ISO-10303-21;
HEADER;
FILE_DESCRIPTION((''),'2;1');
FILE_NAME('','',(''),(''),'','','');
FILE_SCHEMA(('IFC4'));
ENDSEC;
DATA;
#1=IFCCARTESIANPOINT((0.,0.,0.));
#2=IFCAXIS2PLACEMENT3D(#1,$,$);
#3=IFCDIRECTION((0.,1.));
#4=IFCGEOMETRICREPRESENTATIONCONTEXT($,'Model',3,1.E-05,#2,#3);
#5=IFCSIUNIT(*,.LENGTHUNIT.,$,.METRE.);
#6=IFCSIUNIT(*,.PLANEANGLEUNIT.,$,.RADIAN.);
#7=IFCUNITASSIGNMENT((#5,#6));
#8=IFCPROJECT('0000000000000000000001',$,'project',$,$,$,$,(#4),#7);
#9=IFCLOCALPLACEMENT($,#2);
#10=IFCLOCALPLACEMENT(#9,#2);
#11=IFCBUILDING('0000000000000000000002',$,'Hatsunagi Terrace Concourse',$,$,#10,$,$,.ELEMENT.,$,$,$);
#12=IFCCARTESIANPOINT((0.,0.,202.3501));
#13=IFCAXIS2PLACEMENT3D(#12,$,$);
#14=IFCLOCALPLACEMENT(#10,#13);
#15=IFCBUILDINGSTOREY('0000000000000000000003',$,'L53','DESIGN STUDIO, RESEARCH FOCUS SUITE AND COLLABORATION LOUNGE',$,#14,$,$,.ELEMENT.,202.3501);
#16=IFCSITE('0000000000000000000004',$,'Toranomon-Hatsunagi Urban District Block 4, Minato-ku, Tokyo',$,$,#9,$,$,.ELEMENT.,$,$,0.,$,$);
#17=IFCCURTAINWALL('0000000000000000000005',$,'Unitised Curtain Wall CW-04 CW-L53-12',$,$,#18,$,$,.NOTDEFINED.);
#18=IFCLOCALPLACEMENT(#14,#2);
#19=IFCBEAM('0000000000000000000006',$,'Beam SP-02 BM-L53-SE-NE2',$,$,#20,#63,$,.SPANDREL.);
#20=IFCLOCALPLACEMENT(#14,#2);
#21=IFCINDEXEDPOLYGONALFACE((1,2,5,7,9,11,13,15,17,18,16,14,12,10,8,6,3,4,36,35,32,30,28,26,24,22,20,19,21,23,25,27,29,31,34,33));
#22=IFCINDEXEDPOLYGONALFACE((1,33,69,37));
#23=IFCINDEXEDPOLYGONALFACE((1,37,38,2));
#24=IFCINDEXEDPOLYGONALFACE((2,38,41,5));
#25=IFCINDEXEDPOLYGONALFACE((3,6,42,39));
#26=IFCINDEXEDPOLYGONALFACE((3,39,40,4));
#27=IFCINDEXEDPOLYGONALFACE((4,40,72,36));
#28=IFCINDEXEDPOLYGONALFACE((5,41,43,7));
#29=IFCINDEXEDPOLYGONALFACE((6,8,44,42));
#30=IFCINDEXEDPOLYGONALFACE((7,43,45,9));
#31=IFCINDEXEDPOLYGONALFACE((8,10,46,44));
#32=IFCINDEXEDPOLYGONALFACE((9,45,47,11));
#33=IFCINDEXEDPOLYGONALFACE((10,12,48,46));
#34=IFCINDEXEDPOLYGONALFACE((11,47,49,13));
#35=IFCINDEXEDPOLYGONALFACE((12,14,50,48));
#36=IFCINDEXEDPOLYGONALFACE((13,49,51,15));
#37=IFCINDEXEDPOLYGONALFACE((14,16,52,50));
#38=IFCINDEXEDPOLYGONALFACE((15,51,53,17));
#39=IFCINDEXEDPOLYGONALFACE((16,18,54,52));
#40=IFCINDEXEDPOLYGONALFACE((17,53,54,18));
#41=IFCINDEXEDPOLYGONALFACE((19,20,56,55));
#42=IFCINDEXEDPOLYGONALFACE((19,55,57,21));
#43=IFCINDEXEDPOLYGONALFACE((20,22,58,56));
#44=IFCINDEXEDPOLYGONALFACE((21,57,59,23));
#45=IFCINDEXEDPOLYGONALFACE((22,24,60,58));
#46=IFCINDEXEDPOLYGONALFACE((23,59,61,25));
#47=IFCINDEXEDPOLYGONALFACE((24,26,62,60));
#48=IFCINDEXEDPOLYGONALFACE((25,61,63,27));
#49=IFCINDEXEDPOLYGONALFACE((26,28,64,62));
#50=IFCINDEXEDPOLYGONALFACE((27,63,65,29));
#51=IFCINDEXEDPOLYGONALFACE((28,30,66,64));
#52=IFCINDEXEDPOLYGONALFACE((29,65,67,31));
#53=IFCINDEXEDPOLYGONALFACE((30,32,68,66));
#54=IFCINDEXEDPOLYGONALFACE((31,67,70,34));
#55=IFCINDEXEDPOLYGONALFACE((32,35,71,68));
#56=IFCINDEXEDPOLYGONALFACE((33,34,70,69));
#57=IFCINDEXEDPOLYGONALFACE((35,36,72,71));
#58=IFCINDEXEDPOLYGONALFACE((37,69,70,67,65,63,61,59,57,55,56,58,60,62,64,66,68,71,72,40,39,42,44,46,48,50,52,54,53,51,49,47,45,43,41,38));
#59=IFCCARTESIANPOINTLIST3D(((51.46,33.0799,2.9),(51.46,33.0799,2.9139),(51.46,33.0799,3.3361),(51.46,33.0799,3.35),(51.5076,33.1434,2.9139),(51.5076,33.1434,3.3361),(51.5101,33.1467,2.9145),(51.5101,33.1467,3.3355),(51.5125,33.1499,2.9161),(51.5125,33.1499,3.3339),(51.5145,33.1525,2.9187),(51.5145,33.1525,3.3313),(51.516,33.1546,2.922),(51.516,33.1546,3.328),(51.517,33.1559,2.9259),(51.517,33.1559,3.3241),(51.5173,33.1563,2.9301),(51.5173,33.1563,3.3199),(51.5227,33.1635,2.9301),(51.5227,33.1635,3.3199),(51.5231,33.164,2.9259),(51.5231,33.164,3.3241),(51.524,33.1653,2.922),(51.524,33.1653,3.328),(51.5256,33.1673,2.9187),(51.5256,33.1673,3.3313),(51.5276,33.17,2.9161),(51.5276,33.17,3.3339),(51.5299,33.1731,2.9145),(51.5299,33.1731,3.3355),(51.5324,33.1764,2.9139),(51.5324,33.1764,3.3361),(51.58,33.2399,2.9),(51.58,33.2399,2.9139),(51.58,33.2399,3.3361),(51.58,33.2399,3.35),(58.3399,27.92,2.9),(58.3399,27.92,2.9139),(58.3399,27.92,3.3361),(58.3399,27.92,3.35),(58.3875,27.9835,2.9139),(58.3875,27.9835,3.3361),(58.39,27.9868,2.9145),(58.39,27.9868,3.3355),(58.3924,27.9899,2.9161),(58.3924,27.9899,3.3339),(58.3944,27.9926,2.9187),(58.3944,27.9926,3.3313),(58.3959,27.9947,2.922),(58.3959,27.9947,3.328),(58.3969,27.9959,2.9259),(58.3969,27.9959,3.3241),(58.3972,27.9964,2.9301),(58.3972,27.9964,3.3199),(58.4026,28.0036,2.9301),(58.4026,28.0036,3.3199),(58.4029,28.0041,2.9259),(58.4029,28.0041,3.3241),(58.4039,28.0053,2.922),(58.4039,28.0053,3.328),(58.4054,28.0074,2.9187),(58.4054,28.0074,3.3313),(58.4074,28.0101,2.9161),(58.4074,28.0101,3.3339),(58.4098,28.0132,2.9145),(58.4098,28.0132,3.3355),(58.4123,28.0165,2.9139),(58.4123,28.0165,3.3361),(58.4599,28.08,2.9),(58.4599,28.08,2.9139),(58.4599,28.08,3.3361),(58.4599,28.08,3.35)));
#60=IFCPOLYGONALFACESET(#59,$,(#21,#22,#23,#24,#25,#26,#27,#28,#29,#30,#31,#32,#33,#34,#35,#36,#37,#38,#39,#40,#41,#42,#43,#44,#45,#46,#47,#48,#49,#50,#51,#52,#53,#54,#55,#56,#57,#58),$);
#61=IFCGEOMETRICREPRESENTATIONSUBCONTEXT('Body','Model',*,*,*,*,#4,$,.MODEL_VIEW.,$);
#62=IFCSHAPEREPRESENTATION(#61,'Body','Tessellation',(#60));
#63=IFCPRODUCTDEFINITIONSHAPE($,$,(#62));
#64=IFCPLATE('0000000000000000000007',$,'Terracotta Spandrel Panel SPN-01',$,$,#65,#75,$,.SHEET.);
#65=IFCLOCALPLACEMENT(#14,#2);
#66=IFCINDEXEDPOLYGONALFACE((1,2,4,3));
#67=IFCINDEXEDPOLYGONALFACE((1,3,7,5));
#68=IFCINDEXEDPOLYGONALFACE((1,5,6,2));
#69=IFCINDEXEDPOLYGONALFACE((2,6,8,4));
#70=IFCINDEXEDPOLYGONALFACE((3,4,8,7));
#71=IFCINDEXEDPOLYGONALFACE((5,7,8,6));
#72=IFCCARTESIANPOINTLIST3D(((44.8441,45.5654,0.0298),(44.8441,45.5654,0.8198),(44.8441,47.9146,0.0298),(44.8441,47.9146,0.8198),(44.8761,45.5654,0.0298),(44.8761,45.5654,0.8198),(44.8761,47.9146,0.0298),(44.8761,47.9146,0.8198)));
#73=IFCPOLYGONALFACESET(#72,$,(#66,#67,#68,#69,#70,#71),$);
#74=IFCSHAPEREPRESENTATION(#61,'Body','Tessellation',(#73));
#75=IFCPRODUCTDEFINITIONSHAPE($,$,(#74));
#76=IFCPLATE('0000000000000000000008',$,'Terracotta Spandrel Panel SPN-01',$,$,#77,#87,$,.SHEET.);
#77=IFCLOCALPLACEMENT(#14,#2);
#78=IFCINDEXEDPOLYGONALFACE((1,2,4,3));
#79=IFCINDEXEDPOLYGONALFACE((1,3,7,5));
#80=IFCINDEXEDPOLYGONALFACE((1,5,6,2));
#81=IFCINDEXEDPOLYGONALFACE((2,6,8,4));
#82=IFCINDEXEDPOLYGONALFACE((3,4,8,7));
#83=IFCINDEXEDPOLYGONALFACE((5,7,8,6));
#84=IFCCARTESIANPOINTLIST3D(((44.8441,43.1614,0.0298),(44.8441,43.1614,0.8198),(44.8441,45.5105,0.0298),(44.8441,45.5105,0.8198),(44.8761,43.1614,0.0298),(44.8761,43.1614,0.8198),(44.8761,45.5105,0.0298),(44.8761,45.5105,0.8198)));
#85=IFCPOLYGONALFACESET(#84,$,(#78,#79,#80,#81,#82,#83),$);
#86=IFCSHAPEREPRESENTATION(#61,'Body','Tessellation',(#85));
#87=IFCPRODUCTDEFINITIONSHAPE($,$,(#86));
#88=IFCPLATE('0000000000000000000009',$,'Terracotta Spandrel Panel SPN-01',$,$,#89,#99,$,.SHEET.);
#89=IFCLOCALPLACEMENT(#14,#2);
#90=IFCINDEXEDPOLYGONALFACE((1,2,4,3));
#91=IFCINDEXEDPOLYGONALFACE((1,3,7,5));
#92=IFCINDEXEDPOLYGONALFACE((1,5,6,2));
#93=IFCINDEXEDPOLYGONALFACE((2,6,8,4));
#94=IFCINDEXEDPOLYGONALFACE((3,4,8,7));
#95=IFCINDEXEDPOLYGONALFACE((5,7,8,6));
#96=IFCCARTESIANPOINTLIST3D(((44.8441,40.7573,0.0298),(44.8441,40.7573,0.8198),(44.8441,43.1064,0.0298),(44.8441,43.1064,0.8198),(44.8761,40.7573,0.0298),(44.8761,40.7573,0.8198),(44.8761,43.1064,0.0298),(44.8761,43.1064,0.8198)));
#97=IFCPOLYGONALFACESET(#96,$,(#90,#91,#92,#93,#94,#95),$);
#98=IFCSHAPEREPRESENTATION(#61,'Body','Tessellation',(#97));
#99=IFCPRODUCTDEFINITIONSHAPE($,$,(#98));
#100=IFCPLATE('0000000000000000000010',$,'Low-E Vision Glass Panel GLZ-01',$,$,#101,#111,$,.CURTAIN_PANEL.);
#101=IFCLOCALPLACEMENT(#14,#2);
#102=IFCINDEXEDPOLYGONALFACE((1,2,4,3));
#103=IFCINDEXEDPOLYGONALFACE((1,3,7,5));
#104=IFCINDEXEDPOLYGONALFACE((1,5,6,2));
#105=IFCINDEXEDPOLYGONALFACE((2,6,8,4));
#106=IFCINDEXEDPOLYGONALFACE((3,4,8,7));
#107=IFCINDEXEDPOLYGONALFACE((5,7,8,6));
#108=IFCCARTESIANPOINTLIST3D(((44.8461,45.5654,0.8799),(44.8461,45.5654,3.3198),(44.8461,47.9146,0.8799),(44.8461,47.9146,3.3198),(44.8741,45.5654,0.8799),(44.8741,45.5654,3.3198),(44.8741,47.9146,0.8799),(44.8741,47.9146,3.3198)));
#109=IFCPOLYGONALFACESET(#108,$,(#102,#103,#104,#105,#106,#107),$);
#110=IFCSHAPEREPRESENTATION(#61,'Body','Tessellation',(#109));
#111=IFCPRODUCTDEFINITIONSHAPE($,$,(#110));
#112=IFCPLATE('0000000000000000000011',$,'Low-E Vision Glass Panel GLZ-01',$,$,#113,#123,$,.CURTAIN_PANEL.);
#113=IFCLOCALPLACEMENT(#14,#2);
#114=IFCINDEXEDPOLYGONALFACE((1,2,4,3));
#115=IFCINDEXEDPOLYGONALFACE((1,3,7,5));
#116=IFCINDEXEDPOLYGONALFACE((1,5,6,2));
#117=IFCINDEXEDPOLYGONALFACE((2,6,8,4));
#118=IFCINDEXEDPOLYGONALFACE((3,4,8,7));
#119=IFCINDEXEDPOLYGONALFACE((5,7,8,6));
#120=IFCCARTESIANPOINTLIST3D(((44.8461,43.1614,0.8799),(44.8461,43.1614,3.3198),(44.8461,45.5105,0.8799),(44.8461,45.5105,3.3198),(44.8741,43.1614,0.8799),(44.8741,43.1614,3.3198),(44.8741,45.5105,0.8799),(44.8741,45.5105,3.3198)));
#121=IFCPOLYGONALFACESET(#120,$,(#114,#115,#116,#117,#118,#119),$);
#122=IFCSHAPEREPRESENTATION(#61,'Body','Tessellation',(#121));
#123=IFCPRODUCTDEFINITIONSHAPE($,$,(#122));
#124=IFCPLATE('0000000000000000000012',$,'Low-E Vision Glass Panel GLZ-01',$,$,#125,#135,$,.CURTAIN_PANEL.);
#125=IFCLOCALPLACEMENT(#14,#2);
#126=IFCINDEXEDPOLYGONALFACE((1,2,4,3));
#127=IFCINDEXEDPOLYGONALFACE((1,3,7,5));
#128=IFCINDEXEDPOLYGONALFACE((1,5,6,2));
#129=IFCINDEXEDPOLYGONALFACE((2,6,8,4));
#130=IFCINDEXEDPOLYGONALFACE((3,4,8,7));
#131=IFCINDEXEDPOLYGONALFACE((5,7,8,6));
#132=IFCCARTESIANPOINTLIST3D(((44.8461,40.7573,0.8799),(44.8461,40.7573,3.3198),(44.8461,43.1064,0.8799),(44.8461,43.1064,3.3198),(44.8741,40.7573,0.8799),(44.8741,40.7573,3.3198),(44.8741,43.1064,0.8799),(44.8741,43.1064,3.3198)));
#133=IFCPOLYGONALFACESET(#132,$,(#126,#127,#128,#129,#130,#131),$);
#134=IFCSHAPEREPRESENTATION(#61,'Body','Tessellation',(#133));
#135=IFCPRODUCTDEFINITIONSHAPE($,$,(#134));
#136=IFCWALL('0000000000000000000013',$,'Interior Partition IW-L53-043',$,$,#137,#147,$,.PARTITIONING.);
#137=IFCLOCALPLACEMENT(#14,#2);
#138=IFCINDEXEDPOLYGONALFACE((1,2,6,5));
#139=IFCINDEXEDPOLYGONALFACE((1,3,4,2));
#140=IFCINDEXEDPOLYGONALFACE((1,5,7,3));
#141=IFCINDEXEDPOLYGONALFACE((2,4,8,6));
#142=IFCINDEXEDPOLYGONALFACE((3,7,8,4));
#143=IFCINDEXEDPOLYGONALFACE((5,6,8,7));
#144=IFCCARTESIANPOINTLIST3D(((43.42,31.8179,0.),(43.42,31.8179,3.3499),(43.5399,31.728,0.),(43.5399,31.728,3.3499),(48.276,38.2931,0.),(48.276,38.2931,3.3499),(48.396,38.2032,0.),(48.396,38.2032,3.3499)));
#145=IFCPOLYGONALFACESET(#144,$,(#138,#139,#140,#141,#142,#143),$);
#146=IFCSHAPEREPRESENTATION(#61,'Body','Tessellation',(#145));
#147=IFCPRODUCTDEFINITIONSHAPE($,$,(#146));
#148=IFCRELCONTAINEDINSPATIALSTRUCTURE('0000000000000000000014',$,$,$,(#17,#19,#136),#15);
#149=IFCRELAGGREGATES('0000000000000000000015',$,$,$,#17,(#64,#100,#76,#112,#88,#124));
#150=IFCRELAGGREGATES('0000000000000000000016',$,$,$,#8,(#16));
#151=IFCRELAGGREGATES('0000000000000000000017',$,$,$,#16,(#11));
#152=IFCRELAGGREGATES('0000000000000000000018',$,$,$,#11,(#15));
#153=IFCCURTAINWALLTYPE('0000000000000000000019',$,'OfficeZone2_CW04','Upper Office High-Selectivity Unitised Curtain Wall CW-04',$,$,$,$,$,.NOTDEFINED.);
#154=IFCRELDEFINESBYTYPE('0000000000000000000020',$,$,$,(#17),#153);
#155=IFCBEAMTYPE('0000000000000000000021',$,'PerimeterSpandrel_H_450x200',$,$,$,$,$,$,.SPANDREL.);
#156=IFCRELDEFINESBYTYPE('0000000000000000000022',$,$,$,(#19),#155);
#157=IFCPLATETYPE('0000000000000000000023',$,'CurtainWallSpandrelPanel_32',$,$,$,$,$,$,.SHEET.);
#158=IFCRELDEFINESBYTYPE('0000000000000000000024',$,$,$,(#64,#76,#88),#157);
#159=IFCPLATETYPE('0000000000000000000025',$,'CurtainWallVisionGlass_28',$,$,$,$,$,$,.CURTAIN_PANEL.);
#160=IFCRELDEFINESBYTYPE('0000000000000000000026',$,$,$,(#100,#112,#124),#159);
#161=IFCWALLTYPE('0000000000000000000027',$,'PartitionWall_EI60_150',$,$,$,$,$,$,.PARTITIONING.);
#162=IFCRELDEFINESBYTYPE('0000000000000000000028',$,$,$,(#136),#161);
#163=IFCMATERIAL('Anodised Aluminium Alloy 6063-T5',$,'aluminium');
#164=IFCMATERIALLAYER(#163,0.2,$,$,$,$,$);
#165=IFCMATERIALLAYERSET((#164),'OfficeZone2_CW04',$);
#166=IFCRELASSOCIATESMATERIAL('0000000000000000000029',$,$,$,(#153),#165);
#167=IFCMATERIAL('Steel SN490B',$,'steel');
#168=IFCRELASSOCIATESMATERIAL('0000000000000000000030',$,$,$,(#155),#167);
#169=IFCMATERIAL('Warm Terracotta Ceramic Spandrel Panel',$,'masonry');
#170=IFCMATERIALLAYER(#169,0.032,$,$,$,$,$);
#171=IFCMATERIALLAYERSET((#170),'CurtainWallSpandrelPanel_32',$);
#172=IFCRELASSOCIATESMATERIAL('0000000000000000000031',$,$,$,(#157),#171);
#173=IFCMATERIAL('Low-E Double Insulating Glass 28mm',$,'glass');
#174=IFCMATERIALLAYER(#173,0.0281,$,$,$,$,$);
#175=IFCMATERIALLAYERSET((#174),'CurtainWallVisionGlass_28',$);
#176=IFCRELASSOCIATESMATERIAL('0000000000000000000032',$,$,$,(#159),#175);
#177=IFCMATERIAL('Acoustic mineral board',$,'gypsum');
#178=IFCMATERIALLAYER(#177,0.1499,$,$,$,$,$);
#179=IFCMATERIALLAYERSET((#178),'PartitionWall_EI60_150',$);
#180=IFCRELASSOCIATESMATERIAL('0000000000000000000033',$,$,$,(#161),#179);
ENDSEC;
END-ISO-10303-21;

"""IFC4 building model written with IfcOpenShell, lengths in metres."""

from ifc_helpers import new_model, si_unit, direction, frame, frame_2d, origin, origin_2d, place, context, subcontext, project, spatial, rectangle, i_section, extrude, material, layer, layer_set, material_profile, profile_set, type_object, element, aggregate, save


model = new_model("IFC4")

# Units and contexts
model_context = context("Model", 3, precision=1e-05, world=origin(), true_north=direction((0.0, 1.0)))
body_context = subcontext(model_context, "Body", "Model", "MODEL_VIEW")
ifc_project = project(units=[si_unit("LENGTHUNIT", "METRE"), si_unit("PLANEANGLEUNIT", "RADIAN")], contexts=[model_context])

# Site, building, storey
site_placement = place(None, origin())
site = spatial("IfcSite", under=ifc_project, at=site_placement, Name="Toranomon-Hatsunagi Urban District Block 4, Minato-ku, Tokyo", CompositionType="ELEMENT", RefElevation=0.0)
building_placement = place(site_placement, origin())
building = spatial("IfcBuilding", under=site, at=building_placement, Name="Hatsunagi Terrace Concourse", CompositionType="ELEMENT")
storey_placement = place(building_placement, frame((0.0, 0.0, 202.3501)))
storey = spatial("IfcBuildingStorey", under=building, at=storey_placement, Name="L53", Description="DESIGN STUDIO, RESEARCH FOCUS SUITE AND COLLABORATION LOUNGE", CompositionType="ELEMENT", Elevation=202.3501)

# Curtain wall
ifc_material_1 = material(Name="Anodised Aluminium Alloy 6063-T5", Category="aluminium")
ifc_layer_1 = layer(ifc_material_1, 0.2)
ifc_layer_set_1 = layer_set([ifc_layer_1], Name="OfficeZone2_CW04")
curtain_wall_type = type_object("IfcCurtainWallType", Name="OfficeZone2_CW04", Description="Upper Office High-Selectivity Unitised Curtain Wall CW-04", PredefinedType="NOTDEFINED", material=ifc_layer_set_1)
curtain_wall_placement = place(storey_placement, origin())
curtain_wall = element("IfcCurtainWall", 1, at=curtain_wall_placement, inside=storey, type_object=curtain_wall_type, Name="Unitised Curtain Wall CW-04 CW-L53-12", PredefinedType="NOTDEFINED")

# Beam
ifc_material_2 = material(Name="Steel SN490B", Category="steel")
ifc_material_profile_1 = material_profile(ifc_material_2, i_section(OverallWidth=0.2, OverallDepth=0.45, WebThickness=0.009, FlangeThickness=0.0139, FilletRadius=0.0161, at=origin_2d()), Name="H-450x200x9x14")
ifc_profile_set_1 = profile_set([ifc_material_profile_1], Name="Steel SN490B")
beam_type_1 = type_object("IfcBeamType", Name="PerimeterSpandrel_H_450x200", PredefinedType="SPANDREL", material=ifc_profile_set_1)
beam_1_placement = place(storey_placement, frame((51.52, 33.1599, 3.125), z_axis=(0.8, -0.6, 0.0), x_axis=(0.6, 0.8, 0.0)))
element("IfcBeam", 2, at=beam_1_placement, inside=storey, type_object=beam_type_1, Name="Beam SP-02 BM-L53-SE-NE2", PredefinedType="SPANDREL", context=body_context, shape_type="SweptSolid", body=[
    extrude(i_section(OverallWidth=0.2, OverallDepth=0.45, WebThickness=0.009, FlangeThickness=0.0139, FilletRadius=0.0161, at=origin_2d()), origin(), (0.0, 0.0, 1.0), 8.5999),
])

# Plates
ifc_material_3 = material(Name="Warm Terracotta Ceramic Spandrel Panel", Category="masonry")
ifc_layer_2 = layer(ifc_material_3, 0.032)
ifc_layer_set_2 = layer_set([ifc_layer_2], Name="CurtainWallSpandrelPanel_32")
plate_type_1 = type_object("IfcPlateType", Name="CurtainWallSpandrelPanel_32", PredefinedType="SHEET", material=ifc_layer_set_2)
plate_1_placement = place(storey_placement, frame((44.8601, 46.74, 0.0298), z_axis=(0.0, 0.0, 1.0), x_axis=(0.0, -1.0, 0.0)))
plate_1 = element("IfcPlate", 3, at=plate_1_placement, type_object=plate_type_1, Name="Terracotta Spandrel Panel SPN-01", PredefinedType="SHEET", context=body_context, shape_type="SweptSolid", body=[
    extrude(rectangle(XDim=2.3491, YDim=0.032, at=origin_2d()), origin(), (0.0, 0.0, 1.0), 0.79),
])
plate_2_placement = place(storey_placement, frame((44.8601, 44.3359, 0.0298), z_axis=(0.0, 0.0, 1.0), x_axis=(0.0, -1.0, 0.0)))
plate_2 = element("IfcPlate", 4, at=plate_2_placement, type_object=plate_type_1, Name="Terracotta Spandrel Panel SPN-01", PredefinedType="SHEET", context=body_context, shape_type="SweptSolid", body=[
    extrude(rectangle(XDim=2.3491, YDim=0.032, at=origin_2d()), origin(), (0.0, 0.0, 1.0), 0.79),
])
plate_3_placement = place(storey_placement, frame((44.8601, 41.9319, 0.0298), z_axis=(0.0, 0.0, 1.0), x_axis=(0.0, -1.0, 0.0)))
plate_3 = element("IfcPlate", 5, at=plate_3_placement, type_object=plate_type_1, Name="Terracotta Spandrel Panel SPN-01", PredefinedType="SHEET", context=body_context, shape_type="SweptSolid", body=[
    extrude(rectangle(XDim=2.3491, YDim=0.032, at=origin_2d()), origin(), (0.0, 0.0, 1.0), 0.79),
])
ifc_material_4 = material(Name="Low-E Double Insulating Glass 28mm", Category="glass")
ifc_layer_3 = layer(ifc_material_4, 0.0281)
ifc_layer_set_3 = layer_set([ifc_layer_3], Name="CurtainWallVisionGlass_28")
plate_type_2 = type_object("IfcPlateType", Name="CurtainWallVisionGlass_28", PredefinedType="CURTAIN_PANEL", material=ifc_layer_set_3)
plate_4_placement = place(storey_placement, frame((44.8601, 46.74, 0.8799), z_axis=(0.0, 0.0, 1.0), x_axis=(0.0, -1.0, 0.0)))
plate_4 = element("IfcPlate", 6, at=plate_4_placement, type_object=plate_type_2, Name="Low-E Vision Glass Panel GLZ-01", PredefinedType="CURTAIN_PANEL", context=body_context, shape_type="SweptSolid", body=[
    extrude(rectangle(XDim=2.3491, YDim=0.0281, at=origin_2d()), origin(), (0.0, 0.0, 1.0), 2.4399),
])
plate_5_placement = place(storey_placement, frame((44.8601, 44.3359, 0.8799), z_axis=(0.0, 0.0, 1.0), x_axis=(0.0, -1.0, 0.0)))
plate_5 = element("IfcPlate", 7, at=plate_5_placement, type_object=plate_type_2, Name="Low-E Vision Glass Panel GLZ-01", PredefinedType="CURTAIN_PANEL", context=body_context, shape_type="SweptSolid", body=[
    extrude(rectangle(XDim=2.3491, YDim=0.0281, at=origin_2d()), origin(), (0.0, 0.0, 1.0), 2.4399),
])
plate_6_placement = place(storey_placement, frame((44.8601, 41.9319, 0.8799), z_axis=(0.0, 0.0, 1.0), x_axis=(0.0, -1.0, 0.0)))
plate_6 = element("IfcPlate", 8, at=plate_6_placement, type_object=plate_type_2, Name="Low-E Vision Glass Panel GLZ-01", PredefinedType="CURTAIN_PANEL", context=body_context, shape_type="SweptSolid", body=[
    extrude(rectangle(XDim=2.3491, YDim=0.0281, at=origin_2d()), origin(), (0.0, 0.0, 1.0), 2.4399),
])
aggregate(curtain_wall, [plate_1, plate_4, plate_2, plate_5, plate_3, plate_6])

# Shared definitions
ifc_material_5 = material(Name="Acoustic mineral board", Category="gypsum")
ifc_layer_4 = layer(ifc_material_5, 0.1499)
ifc_layer_set_4 = layer_set([ifc_layer_4], Name="PartitionWall_EI60_150")
wall_type_1 = type_object("IfcWallType", Name="PartitionWall_EI60_150", PredefinedType="PARTITIONING", material=ifc_layer_set_4)

# Wall
wall_1_placement = place(storey_placement, frame((43.48, 31.7729, 0.0), z_axis=(0.0, 0.0, 1.0), x_axis=(0.599971, 0.800022, 0.0)))
element("IfcWall", 9, at=wall_1_placement, inside=storey, type_object=wall_type_1, Name="Interior Partition IW-L53-043", PredefinedType="PARTITIONING", context=body_context, shape_type="SweptSolid", body=[
    extrude(rectangle(XDim=8.0938, YDim=0.1499, at=frame_2d((4.0469, 0.0))), origin(), (0.0, 0.0, 1.0), 3.3499),
])

save(model, "model.ifc")
